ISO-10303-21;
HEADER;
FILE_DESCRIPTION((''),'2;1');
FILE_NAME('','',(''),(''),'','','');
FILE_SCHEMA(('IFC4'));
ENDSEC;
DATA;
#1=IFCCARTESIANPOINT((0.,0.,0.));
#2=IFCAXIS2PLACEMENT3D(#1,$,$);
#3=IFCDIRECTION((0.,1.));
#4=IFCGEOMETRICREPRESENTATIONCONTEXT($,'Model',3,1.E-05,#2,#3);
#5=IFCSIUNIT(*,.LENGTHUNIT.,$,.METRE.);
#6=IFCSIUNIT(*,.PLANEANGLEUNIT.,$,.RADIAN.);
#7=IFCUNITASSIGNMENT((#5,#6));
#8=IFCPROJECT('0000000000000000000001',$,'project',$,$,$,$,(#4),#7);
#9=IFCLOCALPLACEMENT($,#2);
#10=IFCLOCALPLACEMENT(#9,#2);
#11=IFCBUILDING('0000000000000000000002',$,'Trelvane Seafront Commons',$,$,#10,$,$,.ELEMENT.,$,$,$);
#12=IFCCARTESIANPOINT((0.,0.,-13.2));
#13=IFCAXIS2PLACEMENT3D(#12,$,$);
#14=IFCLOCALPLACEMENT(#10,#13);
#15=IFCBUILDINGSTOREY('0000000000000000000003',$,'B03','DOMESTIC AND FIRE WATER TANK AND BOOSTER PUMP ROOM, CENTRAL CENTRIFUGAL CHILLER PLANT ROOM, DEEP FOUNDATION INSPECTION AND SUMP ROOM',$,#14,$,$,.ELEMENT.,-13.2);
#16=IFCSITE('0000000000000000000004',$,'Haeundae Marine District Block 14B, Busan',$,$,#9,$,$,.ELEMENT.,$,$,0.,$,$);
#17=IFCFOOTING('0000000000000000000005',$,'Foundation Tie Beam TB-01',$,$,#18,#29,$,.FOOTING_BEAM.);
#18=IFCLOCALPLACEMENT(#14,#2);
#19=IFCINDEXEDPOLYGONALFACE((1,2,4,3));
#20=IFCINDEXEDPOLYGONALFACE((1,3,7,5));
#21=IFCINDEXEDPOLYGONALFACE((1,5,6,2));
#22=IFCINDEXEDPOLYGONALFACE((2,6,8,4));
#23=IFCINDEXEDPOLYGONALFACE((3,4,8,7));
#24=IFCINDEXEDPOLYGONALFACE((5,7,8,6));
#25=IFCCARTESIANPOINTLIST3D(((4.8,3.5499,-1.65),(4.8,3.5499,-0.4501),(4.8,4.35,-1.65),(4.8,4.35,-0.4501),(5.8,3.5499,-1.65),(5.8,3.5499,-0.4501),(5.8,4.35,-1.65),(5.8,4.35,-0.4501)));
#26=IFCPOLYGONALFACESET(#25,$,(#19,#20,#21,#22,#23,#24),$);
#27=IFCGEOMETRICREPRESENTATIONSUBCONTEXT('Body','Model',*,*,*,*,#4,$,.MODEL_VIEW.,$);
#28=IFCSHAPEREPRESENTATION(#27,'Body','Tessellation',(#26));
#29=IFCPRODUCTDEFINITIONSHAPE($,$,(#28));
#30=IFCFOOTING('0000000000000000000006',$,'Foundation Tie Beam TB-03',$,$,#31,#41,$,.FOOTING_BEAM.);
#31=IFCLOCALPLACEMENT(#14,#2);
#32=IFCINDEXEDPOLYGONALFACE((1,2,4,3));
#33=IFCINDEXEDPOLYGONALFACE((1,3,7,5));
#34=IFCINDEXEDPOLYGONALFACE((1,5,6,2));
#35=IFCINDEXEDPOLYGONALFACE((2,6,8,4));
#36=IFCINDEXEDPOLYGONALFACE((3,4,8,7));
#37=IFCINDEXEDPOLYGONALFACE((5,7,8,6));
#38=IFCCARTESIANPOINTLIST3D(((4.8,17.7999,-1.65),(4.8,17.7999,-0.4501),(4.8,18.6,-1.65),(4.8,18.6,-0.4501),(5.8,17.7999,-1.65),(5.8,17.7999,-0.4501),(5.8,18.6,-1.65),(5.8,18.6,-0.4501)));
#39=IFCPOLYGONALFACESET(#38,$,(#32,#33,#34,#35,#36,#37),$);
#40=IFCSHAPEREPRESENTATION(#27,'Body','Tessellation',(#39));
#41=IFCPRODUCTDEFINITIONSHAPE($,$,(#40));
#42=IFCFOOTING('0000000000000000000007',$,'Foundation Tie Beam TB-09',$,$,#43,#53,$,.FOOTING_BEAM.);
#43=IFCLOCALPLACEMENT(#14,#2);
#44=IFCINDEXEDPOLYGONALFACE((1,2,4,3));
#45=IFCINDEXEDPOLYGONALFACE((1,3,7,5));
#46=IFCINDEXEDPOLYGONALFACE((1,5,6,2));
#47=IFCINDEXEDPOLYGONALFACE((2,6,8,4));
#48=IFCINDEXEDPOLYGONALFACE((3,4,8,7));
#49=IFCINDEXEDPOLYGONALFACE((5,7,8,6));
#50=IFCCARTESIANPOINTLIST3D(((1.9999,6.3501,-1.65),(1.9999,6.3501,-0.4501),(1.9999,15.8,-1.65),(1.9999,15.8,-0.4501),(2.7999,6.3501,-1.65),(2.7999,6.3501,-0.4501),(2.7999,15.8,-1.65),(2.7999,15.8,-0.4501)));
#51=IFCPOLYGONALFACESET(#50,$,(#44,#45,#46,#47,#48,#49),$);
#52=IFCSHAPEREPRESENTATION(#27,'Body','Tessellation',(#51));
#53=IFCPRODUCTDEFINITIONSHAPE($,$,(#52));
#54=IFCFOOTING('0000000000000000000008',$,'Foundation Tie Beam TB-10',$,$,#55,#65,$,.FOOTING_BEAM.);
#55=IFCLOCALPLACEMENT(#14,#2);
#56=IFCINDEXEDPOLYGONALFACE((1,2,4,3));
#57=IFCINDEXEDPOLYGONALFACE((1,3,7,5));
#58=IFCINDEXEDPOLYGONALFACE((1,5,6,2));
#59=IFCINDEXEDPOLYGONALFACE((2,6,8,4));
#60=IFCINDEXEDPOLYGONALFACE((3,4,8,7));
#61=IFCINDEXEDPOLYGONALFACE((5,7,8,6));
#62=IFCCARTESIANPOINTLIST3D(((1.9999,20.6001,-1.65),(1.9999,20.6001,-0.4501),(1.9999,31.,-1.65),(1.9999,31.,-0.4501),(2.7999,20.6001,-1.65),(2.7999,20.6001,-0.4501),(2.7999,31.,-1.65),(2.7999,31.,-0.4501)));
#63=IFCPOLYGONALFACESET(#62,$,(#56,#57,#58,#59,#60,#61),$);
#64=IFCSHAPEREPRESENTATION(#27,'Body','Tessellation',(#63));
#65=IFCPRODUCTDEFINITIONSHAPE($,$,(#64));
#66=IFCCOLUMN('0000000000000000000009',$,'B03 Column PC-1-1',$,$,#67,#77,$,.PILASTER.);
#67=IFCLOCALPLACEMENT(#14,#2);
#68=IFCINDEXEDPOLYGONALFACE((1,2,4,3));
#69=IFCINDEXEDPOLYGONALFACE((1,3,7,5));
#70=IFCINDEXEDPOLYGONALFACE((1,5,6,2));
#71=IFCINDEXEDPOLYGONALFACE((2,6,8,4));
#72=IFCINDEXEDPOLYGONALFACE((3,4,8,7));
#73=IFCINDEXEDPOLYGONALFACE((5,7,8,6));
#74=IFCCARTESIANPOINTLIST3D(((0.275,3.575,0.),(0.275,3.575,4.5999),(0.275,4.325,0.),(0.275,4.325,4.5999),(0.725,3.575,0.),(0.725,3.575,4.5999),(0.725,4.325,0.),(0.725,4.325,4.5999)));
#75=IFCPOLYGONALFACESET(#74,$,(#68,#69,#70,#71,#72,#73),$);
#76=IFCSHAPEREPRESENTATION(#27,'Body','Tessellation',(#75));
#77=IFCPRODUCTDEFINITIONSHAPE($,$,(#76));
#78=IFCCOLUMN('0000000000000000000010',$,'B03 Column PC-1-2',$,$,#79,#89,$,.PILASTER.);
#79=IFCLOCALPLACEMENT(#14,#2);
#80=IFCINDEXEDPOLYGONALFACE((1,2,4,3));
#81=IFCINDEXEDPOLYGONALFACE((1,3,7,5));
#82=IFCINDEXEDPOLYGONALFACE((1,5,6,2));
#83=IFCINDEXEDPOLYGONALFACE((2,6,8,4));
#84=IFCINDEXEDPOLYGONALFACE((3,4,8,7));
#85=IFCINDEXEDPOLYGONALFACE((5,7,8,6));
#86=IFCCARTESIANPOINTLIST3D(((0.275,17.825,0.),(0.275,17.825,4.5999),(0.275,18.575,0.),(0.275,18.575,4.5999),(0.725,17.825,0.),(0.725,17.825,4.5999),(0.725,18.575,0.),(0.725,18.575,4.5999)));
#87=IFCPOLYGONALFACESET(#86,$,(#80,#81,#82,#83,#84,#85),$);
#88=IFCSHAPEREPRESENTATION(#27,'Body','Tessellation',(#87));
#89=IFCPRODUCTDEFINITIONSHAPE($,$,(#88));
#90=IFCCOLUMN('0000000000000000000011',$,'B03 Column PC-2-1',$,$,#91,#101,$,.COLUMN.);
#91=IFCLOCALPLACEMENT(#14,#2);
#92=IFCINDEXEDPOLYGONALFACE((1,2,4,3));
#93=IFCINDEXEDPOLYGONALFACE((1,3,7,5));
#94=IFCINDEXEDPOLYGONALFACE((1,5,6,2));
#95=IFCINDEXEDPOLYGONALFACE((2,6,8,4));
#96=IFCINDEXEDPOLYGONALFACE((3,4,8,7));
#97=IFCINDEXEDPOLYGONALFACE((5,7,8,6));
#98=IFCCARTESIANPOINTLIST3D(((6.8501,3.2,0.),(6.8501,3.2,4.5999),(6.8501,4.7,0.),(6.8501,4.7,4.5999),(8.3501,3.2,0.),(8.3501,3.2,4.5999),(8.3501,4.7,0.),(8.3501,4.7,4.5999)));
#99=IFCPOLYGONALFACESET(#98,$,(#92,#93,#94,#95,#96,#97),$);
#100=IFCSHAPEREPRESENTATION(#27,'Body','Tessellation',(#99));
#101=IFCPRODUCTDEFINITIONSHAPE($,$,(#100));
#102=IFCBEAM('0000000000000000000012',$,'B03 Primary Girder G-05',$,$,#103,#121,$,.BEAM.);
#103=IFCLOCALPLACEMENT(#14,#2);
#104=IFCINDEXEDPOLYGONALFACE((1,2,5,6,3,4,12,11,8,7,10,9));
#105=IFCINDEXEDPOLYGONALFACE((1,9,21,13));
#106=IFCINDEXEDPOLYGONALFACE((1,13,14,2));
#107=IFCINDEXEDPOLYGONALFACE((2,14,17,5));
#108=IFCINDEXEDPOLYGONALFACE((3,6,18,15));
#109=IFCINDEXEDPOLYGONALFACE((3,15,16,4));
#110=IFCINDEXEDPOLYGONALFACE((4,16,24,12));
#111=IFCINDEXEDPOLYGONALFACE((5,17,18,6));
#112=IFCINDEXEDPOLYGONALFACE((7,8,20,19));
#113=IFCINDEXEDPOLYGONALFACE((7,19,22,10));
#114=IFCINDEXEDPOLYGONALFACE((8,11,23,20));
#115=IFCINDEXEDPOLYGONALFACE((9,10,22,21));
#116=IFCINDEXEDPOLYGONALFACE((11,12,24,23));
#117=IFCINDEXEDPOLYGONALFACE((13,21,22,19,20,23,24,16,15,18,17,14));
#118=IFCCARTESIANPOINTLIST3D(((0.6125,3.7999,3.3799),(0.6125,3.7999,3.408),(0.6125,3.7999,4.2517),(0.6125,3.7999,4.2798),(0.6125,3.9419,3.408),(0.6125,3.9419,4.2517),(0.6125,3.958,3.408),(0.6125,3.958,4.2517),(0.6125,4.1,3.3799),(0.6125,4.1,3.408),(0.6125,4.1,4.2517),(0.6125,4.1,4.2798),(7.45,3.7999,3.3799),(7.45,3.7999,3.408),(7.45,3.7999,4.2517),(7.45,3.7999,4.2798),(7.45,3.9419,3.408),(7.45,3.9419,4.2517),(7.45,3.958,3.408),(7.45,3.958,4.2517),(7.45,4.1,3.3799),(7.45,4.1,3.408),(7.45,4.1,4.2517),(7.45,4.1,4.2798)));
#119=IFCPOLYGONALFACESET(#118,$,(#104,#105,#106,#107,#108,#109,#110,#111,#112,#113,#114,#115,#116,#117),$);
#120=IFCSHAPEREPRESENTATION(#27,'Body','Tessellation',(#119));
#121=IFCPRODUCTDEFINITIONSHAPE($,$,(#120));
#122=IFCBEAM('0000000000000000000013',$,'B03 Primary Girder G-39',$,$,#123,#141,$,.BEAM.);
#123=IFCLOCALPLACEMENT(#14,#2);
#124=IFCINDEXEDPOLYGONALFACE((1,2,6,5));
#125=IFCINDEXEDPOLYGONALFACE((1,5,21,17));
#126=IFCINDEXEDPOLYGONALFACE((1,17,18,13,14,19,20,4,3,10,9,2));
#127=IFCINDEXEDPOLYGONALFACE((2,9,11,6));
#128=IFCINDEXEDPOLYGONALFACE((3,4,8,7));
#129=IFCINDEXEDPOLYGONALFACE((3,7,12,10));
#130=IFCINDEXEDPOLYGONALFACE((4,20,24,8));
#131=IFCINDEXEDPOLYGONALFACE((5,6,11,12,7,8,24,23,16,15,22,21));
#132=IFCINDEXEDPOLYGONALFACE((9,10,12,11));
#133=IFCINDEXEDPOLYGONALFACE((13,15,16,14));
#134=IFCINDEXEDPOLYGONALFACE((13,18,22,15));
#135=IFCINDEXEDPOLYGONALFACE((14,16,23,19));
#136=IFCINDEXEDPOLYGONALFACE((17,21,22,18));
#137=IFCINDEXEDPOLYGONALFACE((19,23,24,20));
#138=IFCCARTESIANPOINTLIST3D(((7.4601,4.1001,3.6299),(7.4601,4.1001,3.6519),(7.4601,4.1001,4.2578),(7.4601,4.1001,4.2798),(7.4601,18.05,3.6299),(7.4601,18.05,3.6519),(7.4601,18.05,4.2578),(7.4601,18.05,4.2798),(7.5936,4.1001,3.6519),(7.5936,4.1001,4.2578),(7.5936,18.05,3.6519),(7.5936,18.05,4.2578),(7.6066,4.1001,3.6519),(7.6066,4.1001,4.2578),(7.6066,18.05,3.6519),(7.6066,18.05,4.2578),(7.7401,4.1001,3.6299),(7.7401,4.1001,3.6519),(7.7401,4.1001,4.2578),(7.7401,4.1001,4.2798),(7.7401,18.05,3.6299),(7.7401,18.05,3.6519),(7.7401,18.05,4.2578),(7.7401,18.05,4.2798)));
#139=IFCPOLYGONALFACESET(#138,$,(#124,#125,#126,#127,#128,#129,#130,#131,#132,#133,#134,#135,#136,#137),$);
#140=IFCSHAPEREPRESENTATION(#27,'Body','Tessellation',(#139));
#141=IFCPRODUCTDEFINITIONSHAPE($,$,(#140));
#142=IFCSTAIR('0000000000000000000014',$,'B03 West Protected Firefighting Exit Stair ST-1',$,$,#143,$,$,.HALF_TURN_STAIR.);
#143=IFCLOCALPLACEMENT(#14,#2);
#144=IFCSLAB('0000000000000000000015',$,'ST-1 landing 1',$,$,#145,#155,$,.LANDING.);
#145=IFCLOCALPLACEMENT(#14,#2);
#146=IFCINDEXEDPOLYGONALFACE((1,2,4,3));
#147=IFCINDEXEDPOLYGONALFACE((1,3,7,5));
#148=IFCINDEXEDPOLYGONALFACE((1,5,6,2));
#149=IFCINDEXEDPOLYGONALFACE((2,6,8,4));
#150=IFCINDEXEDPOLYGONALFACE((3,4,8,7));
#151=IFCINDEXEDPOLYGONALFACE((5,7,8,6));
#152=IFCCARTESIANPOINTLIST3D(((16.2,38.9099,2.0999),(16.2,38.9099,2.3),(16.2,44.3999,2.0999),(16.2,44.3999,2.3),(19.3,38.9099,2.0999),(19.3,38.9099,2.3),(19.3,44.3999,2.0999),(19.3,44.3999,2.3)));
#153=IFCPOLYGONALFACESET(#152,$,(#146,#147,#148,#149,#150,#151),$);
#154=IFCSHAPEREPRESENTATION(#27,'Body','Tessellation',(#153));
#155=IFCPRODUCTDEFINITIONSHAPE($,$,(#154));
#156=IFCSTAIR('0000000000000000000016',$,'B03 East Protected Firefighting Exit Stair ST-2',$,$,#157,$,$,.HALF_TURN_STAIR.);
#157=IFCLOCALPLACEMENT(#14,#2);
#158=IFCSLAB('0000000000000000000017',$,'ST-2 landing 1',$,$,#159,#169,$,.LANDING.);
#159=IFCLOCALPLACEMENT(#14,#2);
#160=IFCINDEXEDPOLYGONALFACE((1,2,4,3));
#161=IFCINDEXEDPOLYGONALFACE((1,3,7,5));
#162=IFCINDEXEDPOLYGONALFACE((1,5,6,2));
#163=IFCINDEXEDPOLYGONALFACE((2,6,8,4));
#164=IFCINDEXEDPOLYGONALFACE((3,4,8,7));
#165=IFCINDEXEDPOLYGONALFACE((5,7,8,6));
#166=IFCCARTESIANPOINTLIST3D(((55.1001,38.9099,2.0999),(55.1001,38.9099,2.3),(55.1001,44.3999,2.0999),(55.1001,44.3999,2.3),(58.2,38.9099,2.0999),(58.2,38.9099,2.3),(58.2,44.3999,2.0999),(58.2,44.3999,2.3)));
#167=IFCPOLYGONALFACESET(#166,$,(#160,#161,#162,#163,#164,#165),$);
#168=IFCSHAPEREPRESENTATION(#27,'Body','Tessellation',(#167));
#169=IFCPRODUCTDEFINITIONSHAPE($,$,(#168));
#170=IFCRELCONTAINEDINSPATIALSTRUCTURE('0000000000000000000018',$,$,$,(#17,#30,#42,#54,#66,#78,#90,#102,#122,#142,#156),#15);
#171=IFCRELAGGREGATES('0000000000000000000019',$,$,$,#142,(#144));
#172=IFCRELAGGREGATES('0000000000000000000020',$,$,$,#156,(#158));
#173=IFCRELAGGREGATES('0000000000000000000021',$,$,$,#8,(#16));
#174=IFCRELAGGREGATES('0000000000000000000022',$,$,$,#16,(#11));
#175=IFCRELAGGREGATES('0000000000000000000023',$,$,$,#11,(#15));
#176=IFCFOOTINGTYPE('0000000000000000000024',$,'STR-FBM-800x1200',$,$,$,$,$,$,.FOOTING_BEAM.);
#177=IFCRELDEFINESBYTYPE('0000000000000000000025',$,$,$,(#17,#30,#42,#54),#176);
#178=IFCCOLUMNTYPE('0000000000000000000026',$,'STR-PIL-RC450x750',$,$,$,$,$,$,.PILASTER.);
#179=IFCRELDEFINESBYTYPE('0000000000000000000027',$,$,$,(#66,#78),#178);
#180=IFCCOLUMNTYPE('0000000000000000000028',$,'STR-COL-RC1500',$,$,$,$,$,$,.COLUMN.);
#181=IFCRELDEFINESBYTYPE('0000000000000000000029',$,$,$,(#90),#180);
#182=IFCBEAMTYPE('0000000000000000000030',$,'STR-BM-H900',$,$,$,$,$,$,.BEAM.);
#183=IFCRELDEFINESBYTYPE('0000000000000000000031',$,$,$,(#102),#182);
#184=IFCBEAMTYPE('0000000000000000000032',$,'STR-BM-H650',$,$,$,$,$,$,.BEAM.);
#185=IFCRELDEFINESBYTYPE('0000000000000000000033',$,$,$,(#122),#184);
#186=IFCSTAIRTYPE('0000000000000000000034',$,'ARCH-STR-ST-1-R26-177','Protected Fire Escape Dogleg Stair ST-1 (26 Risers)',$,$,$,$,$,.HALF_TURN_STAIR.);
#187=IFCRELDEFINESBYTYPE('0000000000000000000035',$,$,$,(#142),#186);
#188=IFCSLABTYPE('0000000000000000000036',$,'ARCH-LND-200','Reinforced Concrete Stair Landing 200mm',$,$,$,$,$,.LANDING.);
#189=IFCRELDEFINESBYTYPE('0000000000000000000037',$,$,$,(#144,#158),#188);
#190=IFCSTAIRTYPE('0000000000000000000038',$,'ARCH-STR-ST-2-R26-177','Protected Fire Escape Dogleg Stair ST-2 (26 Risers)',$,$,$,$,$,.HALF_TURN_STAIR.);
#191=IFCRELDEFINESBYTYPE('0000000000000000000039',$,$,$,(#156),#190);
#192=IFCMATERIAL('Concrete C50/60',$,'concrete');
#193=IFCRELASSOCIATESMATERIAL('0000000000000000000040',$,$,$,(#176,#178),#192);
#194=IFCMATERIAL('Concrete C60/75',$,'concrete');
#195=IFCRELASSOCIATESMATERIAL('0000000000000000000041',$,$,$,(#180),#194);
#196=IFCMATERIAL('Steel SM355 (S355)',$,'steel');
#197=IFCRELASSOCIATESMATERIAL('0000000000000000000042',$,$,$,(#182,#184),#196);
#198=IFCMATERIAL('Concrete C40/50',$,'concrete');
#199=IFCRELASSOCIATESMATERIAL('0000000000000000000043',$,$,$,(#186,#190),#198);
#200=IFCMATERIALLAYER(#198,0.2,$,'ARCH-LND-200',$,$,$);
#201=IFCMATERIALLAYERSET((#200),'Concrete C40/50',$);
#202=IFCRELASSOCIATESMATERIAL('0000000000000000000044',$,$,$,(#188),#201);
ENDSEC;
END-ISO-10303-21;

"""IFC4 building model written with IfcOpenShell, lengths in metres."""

from ifc_helpers import new_model, si_unit, direction, frame, origin, origin_2d, place, context, subcontext, project, spatial, polyline, rectangle, i_section, outline, extrude, source, transform, mapped, material, layer, layer_set, material_profile, profile_set, type_object, element, aggregate, save


model = new_model("IFC4")

# Units and contexts
model_context = context("Model", 3, precision=1e-05, world=origin(), true_north=direction((0.0, 1.0)))
body_context = subcontext(model_context, "Body", "Model", "MODEL_VIEW")
ifc_project = project(units=[si_unit("LENGTHUNIT", "METRE"), si_unit("PLANEANGLEUNIT", "RADIAN")], contexts=[model_context])

# Site, building, storey
site_placement = place(None, origin())
site = spatial("IfcSite", under=ifc_project, at=site_placement, Name="Haeundae Marine District Block 14B, Busan", CompositionType="ELEMENT", RefElevation=0.0)
building_placement = place(site_placement, origin())
building = spatial("IfcBuilding", under=site, at=building_placement, Name="Trelvane Seafront Commons", CompositionType="ELEMENT")
storey_placement = place(building_placement, frame((0.0, 0.0, -13.2)))
storey = spatial("IfcBuildingStorey", under=building, at=storey_placement, Name="B03", Description="DOMESTIC AND FIRE WATER TANK AND BOOSTER PUMP ROOM, CENTRAL CENTRIFUGAL CHILLER PLANT ROOM, DEEP FOUNDATION INSPECTION AND SUMP ROOM", CompositionType="ELEMENT", Elevation=-13.2)

# Shared definitions
ifc_material_1 = material(Name="Concrete C50/60", Category="concrete")

# Footings
ifc_material_profile_1 = material_profile(ifc_material_1, rectangle(XDim=0.8, YDim=1.2, at=origin_2d()), Name="TB-800x1200")
ifc_profile_set_1 = profile_set([ifc_material_profile_1], Name="Concrete C50/60")
footing_type = type_object("IfcFootingType", Name="STR-FBM-800x1200", PredefinedType="FOOTING_BEAM", material=ifc_profile_set_1)
shared_shape_1 = source(origin(), body_context, "Body", "SweptSolid", [
    extrude(rectangle(XDim=0.8, YDim=1.2, at=origin_2d()), origin(), (0.0, 0.0, 1.0), 1.0),
])
for number, where, z_axis, x_axis, name in (
    (1, (4.8, 3.95, -1.05), (1.0, 0.0, 0.0), (0.0, 1.0, 0.0), "Foundation Tie Beam TB-01"),
    (2, (4.8, 18.2, -1.05), (1.0, 0.0, 0.0), (0.0, 1.0, 0.0), "Foundation Tie Beam TB-03"),
):
    element("IfcFooting", number, at=place(storey_placement, frame(where, z_axis=z_axis, x_axis=x_axis)), inside=storey, type_object=footing_type, Name=name, PredefinedType="FOOTING_BEAM", context=body_context, shape_type="MappedRepresentation", body=[
        mapped(shared_shape_1, transform((0.0, 0.0, 0.0), x_axis=(1.0, 0.0, 0.0), y_axis=(0.0, 1.0, 0.0), z_axis=(0.0, 0.0, 1.0), scale=1.0)),
    ])
shared_shape_2 = source(origin(), body_context, "Body", "SweptSolid", [
    extrude(rectangle(XDim=0.8, YDim=1.2, at=origin_2d()), origin(), (0.0, 0.0, 1.0), 9.45),
])
footing_1_placement = place(storey_placement, frame((2.3999, 6.3501, -1.05), z_axis=(0.0, 1.0, 0.0), x_axis=(-1.0, 0.0, 0.0)))
element("IfcFooting", 3, at=footing_1_placement, inside=storey, type_object=footing_type, Name="Foundation Tie Beam TB-09", PredefinedType="FOOTING_BEAM", context=body_context, shape_type="MappedRepresentation", body=[
    mapped(shared_shape_2, transform((0.0, 0.0, 0.0), x_axis=(1.0, 0.0, 0.0), y_axis=(0.0, 1.0, 0.0), z_axis=(0.0, 0.0, 1.0), scale=1.0)),
])
shared_shape_3 = source(origin(), body_context, "Body", "SweptSolid", [
    extrude(rectangle(XDim=0.8, YDim=1.2, at=origin_2d()), origin(), (0.0, 0.0, 1.0), 10.3999),
])
footing_2_placement = place(storey_placement, frame((2.3999, 20.6001, -1.05), z_axis=(0.0, 1.0, 0.0), x_axis=(-1.0, 0.0, 0.0)))
element("IfcFooting", 4, at=footing_2_placement, inside=storey, type_object=footing_type, Name="Foundation Tie Beam TB-10", PredefinedType="FOOTING_BEAM", context=body_context, shape_type="MappedRepresentation", body=[
    mapped(shared_shape_3, transform((0.0, 0.0, 0.0), x_axis=(1.0, 0.0, 0.0), y_axis=(0.0, 1.0, 0.0), z_axis=(0.0, 0.0, 1.0), scale=1.0)),
])

# Columns
ifc_material_profile_2 = material_profile(ifc_material_1, rectangle(XDim=0.45, YDim=0.75, at=origin_2d()), Name="RC-450x750")
ifc_profile_set_2 = profile_set([ifc_material_profile_2], Name="Concrete C50/60")
column_type_1 = type_object("IfcColumnType", Name="STR-PIL-RC450x750", PredefinedType="PILASTER", material=ifc_profile_set_2)
shared_shape_4 = source(origin(), body_context, "Body", "SweptSolid", [
    extrude(rectangle(XDim=0.45, YDim=0.75, at=origin_2d()), origin(), (0.0, 0.0, 1.0), 4.5999),
])
for number, where, z_axis, x_axis, name in (
    (5, (0.5, 3.95, 0.0), (0.0, 0.0, 1.0), (1.0, 0.0, 0.0), "B03 Column PC-1-1"),
    (6, (0.5, 18.2, 0.0), (0.0, 0.0, 1.0), (1.0, 0.0, 0.0), "B03 Column PC-1-2"),
):
    element("IfcColumn", number, at=place(storey_placement, frame(where, z_axis=z_axis, x_axis=x_axis)), inside=storey, type_object=column_type_1, Name=name, PredefinedType="PILASTER", context=body_context, shape_type="MappedRepresentation", body=[
        mapped(shared_shape_4, transform((0.0, 0.0, 0.0), x_axis=(1.0, 0.0, 0.0), y_axis=(0.0, 1.0, 0.0), z_axis=(0.0, 0.0, 1.0), scale=1.0)),
    ])
ifc_material_2 = material(Name="Concrete C60/75", Category="concrete")
ifc_material_profile_3 = material_profile(ifc_material_2, rectangle(XDim=1.5, YDim=1.5, at=origin_2d()), Name="RC-1500x1500")
ifc_profile_set_3 = profile_set([ifc_material_profile_3], Name="Concrete C60/75")
column_type_2 = type_object("IfcColumnType", Name="STR-COL-RC1500", PredefinedType="COLUMN", material=ifc_profile_set_3)
shared_shape_5 = source(origin(), body_context, "Body", "SweptSolid", [
    extrude(rectangle(XDim=1.5, YDim=1.5, at=origin_2d()), origin(), (0.0, 0.0, 1.0), 4.5999),
])
column_placement = place(storey_placement, frame((7.6001, 3.95, 0.0), z_axis=(0.0, 0.0, 1.0), x_axis=(1.0, 0.0, 0.0)))
element("IfcColumn", 7, at=column_placement, inside=storey, type_object=column_type_2, Name="B03 Column PC-2-1", PredefinedType="COLUMN", context=body_context, shape_type="MappedRepresentation", body=[
    mapped(shared_shape_5, transform((0.0, 0.0, 0.0), x_axis=(1.0, 0.0, 0.0), y_axis=(0.0, 1.0, 0.0), z_axis=(0.0, 0.0, 1.0), scale=1.0)),
])

# Beams
ifc_material_3 = material(Name="Steel SM355 (S355)", Category="steel")
ifc_material_profile_4 = material_profile(ifc_material_3, i_section(OverallWidth=0.3, OverallDepth=0.8999, WebThickness=0.0161, FlangeThickness=0.0281, at=origin_2d()), Name="H-900x300x16x28")
ifc_profile_set_4 = profile_set([ifc_material_profile_4], Name="Steel SM355 (S355)")
beam_type_1 = type_object("IfcBeamType", Name="STR-BM-H900", PredefinedType="BEAM", material=ifc_profile_set_4)
shared_shape_6 = source(origin(), body_context, "Body", "SweptSolid", [
    extrude(i_section(OverallWidth=0.3, OverallDepth=0.8999, WebThickness=0.0161, FlangeThickness=0.0281, at=origin_2d()), origin(), (0.0, 0.0, 1.0), 6.8374),
])
beam_1_placement = place(storey_placement, frame((0.6125, 3.95, 3.8298), z_axis=(1.0, 0.0, 0.0), x_axis=(0.0, 1.0, 0.0)))
element("IfcBeam", 8, at=beam_1_placement, inside=storey, type_object=beam_type_1, Name="B03 Primary Girder G-05", PredefinedType="BEAM", context=body_context, shape_type="MappedRepresentation", body=[
    mapped(shared_shape_6, transform((0.0, 0.0, 0.0), x_axis=(1.0, 0.0, 0.0), y_axis=(0.0, 1.0, 0.0), z_axis=(0.0, 0.0, 1.0), scale=1.0)),
])
ifc_material_profile_5 = material_profile(ifc_material_3, i_section(OverallWidth=0.28, OverallDepth=0.6499, WebThickness=0.0129, FlangeThickness=0.022, at=origin_2d()), Name="H-650x280x13x22")
ifc_profile_set_5 = profile_set([ifc_material_profile_5], Name="Steel SM355 (S355)")
beam_type_2 = type_object("IfcBeamType", Name="STR-BM-H650", PredefinedType="BEAM", material=ifc_profile_set_5)
shared_shape_7 = source(origin(), body_context, "Body", "SweptSolid", [
    extrude(i_section(OverallWidth=0.28, OverallDepth=0.6499, WebThickness=0.0129, FlangeThickness=0.022, at=origin_2d()), origin(), (0.0, 0.0, 1.0), 13.95),
])
beam_2_placement = place(storey_placement, frame((7.6001, 4.1001, 3.9548), z_axis=(0.0, 1.0, 0.0), x_axis=(-1.0, 0.0, 0.0)))
element("IfcBeam", 9, at=beam_2_placement, inside=storey, type_object=beam_type_2, Name="B03 Primary Girder G-39", PredefinedType="BEAM", context=body_context, shape_type="MappedRepresentation", body=[
    mapped(shared_shape_7, transform((0.0, 0.0, 0.0), x_axis=(1.0, 0.0, 0.0), y_axis=(0.0, 1.0, 0.0), z_axis=(0.0, 0.0, 1.0), scale=1.0)),
])

# Stairs, slabs
ifc_material_4 = material(Name="Concrete C40/50", Category="concrete")
stair_type_1 = type_object("IfcStairType", Name="ARCH-STR-ST-1-R26-177", Description="Protected Fire Escape Dogleg Stair ST-1 (26 Risers)", PredefinedType="HALF_TURN_STAIR", material=ifc_material_4)
stair_1_placement = place(storey_placement, origin())
stair_1 = element("IfcStair", 10, at=stair_1_placement, inside=storey, type_object=stair_type_1, Name="B03 West Protected Firefighting Exit Stair ST-1", PredefinedType="HALF_TURN_STAIR")
ifc_layer_1 = layer(ifc_material_4, 0.2, Name="ARCH-LND-200")
ifc_layer_set_1 = layer_set([ifc_layer_1], Name="Concrete C40/50")
slab_type_1 = type_object("IfcSlabType", Name="ARCH-LND-200", Description="Reinforced Concrete Stair Landing 200mm", PredefinedType="LANDING", material=ifc_layer_set_1)
slab_1_placement = place(storey_placement, frame((0.0, 0.0, 2.0999)))
slab_1 = element("IfcSlab", 11, at=slab_1_placement, type_object=slab_type_1, Name="ST-1 landing 1", PredefinedType="LANDING", context=body_context, shape_type="SweptSolid", body=[
    extrude(outline(polyline([(19.3, 38.9099), (19.3, 44.3999), (16.2, 44.3999), (16.2, 38.9099), (19.3, 38.9099)])), origin(), (0.0, 0.0, 1.0), 0.2002),
])
aggregate(stair_1, [slab_1])
stair_type_2 = type_object("IfcStairType", Name="ARCH-STR-ST-2-R26-177", Description="Protected Fire Escape Dogleg Stair ST-2 (26 Risers)", PredefinedType="HALF_TURN_STAIR", material=ifc_material_4)
stair_2_placement = place(storey_placement, origin())
stair_2 = element("IfcStair", 12, at=stair_2_placement, inside=storey, type_object=stair_type_2, Name="B03 East Protected Firefighting Exit Stair ST-2", PredefinedType="HALF_TURN_STAIR")
slab_2_placement = place(storey_placement, frame((0.0, 0.0, 2.0999)))
slab_2 = element("IfcSlab", 13, at=slab_2_placement, type_object=slab_type_1, Name="ST-2 landing 1", PredefinedType="LANDING", context=body_context, shape_type="SweptSolid", body=[
    extrude(outline(polyline([(58.2, 38.9099), (58.2, 44.3999), (55.1001, 44.3999), (55.1001, 38.9099), (58.2, 38.9099)])), origin(), (0.0, 0.0, 1.0), 0.2002),
])
aggregate(stair_2, [slab_2])

save(model, "model.ifc")
